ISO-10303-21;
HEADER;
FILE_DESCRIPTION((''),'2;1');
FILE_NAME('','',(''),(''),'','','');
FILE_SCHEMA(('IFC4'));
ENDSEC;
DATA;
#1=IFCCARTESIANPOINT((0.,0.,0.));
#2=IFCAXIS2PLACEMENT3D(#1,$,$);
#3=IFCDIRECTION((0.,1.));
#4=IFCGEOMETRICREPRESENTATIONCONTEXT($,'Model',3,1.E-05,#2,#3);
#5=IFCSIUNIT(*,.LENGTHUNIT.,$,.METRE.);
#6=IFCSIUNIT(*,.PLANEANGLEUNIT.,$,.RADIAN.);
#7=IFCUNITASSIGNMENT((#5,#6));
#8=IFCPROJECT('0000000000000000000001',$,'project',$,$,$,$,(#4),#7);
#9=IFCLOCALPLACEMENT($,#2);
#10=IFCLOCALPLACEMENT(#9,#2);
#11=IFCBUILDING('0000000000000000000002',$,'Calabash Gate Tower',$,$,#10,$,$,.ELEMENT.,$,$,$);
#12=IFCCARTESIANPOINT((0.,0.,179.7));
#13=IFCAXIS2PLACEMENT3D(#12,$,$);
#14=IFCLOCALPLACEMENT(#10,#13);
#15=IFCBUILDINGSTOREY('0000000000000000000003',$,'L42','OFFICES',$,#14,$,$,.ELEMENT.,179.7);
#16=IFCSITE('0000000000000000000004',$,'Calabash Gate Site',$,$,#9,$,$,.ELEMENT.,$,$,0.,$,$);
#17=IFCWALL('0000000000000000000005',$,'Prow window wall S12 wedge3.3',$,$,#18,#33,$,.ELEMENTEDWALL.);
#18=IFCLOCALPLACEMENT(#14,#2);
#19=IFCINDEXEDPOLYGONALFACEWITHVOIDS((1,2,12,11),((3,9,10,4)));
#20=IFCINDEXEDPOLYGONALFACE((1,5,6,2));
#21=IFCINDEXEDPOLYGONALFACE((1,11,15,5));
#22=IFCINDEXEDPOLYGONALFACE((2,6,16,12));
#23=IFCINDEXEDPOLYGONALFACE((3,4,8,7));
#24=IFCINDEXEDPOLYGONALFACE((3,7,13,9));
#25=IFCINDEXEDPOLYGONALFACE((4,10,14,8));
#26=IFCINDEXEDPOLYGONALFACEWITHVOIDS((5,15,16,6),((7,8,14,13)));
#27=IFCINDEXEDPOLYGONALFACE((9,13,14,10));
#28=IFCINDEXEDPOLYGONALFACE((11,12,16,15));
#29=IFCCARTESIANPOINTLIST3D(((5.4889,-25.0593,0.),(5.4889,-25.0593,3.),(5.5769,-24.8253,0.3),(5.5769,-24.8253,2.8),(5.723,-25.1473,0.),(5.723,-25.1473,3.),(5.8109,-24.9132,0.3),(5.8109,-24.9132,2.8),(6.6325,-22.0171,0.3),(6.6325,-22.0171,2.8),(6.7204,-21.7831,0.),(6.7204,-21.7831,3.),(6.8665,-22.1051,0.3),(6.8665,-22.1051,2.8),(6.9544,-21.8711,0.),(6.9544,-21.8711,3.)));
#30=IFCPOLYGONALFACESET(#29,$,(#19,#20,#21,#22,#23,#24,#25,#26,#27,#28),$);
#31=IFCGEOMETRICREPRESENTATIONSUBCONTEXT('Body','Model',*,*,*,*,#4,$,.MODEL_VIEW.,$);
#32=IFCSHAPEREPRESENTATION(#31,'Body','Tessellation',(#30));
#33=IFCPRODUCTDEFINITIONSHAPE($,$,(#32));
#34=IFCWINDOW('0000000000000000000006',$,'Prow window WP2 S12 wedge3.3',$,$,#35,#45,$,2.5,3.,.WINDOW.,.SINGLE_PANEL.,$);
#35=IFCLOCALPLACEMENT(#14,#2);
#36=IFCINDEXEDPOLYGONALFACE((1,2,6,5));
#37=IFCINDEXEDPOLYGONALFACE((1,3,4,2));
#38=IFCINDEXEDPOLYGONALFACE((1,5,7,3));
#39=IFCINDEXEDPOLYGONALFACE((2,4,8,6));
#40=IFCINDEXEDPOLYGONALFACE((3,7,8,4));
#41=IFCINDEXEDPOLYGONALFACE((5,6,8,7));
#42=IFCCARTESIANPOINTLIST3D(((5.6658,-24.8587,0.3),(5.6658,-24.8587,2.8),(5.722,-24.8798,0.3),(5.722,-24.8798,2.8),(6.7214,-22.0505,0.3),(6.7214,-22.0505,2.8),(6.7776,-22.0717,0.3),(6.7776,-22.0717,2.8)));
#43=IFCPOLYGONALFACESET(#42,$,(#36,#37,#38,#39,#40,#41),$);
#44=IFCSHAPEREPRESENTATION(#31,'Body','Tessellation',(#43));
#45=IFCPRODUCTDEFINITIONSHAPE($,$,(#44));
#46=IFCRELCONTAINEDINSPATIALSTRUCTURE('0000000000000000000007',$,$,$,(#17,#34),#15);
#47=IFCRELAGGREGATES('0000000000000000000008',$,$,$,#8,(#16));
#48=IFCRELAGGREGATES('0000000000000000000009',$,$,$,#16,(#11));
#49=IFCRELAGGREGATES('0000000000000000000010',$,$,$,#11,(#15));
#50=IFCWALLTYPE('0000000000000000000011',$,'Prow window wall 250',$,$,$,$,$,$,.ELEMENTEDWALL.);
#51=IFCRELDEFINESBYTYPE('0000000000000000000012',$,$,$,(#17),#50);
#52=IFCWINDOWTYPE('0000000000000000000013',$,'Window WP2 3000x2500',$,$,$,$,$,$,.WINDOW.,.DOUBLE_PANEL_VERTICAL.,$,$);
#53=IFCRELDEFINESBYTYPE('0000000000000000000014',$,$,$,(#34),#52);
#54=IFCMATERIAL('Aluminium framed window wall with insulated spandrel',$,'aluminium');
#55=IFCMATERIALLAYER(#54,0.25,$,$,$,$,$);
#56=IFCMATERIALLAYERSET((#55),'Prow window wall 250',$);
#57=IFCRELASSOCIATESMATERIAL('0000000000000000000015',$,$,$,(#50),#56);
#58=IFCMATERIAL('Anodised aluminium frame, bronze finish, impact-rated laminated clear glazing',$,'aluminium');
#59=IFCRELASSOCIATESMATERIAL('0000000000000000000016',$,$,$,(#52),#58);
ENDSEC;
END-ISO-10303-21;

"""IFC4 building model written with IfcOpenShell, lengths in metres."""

from ifc_helpers import new_model, si_unit, direction, frame, frame_2d, origin, place, context, subcontext, project, spatial, rectangle, extrude, material, layer, layer_set, type_object, element, fill, save


model = new_model("IFC4")

# Units and contexts
model_context = context("Model", 3, precision=1e-05, world=origin(), true_north=direction((0.0, 1.0)))
body_context = subcontext(model_context, "Body", "Model", "MODEL_VIEW")
ifc_project = project(units=[si_unit("LENGTHUNIT", "METRE"), si_unit("PLANEANGLEUNIT", "RADIAN")], contexts=[model_context])

# Site, building, storey
site_placement = place(None, origin())
site = spatial("IfcSite", under=ifc_project, at=site_placement, Name="Calabash Gate Site", CompositionType="ELEMENT", RefElevation=0.0)
building_placement = place(site_placement, origin())
building = spatial("IfcBuilding", under=site, at=building_placement, Name="Calabash Gate Tower", CompositionType="ELEMENT")
storey_placement = place(building_placement, frame((0.0, 0.0, 179.7)))
storey = spatial("IfcBuildingStorey", under=building, at=storey_placement, Name="L42", Description="OFFICES", CompositionType="ELEMENT", Elevation=179.7)

# Wall, opening, window
ifc_material_1 = material(Name="Aluminium framed window wall with insulated spandrel", Category="aluminium")
ifc_layer_1 = layer(ifc_material_1, 0.25)
ifc_layer_set_1 = layer_set([ifc_layer_1], Name="Prow window wall 250")
wall_type_1 = type_object("IfcWallType", Name="Prow window wall 250", PredefinedType="ELEMENTEDWALL", material=ifc_layer_set_1)
ifc_material_2 = material(Name="Anodised aluminium frame, bronze finish, impact-rated laminated clear glazing", Category="aluminium")
window_type_1 = type_object("IfcWindowType", Name="Window WP2 3000x2500", PartitioningType="DOUBLE_PANEL_VERTICAL", PredefinedType="WINDOW", material=ifc_material_2)
wall_1_placement = place(storey_placement, frame((5.606, -25.1033, 0.0), z_axis=(0.0, 0.0, 1.0), x_axis=(0.35185, 0.936057, 0.0)))
wall_1 = element("IfcWall", 1, at=wall_1_placement, inside=storey, type_object=wall_type_1, Name="Prow window wall S12 wedge3.3", PredefinedType="ELEMENTEDWALL", context=body_context, shape_type="SweptSolid", body=[
    extrude(rectangle(XDim=3.5, YDim=0.25, at=frame_2d((1.75, 0.0))), origin(), (0.0, 0.0, 1.0), 3.0),
])
opening_1_placement = place(wall_1_placement, frame((0.25, 0.0, 0.3)))
opening_1 = element("IfcOpeningElement", 2, at=opening_1_placement, cuts=wall_1, PredefinedType="OPENING", context=body_context, shape_type="SweptSolid", body=[
    extrude(rectangle(XDim=3.0, YDim=2.5, at=frame_2d((1.5, 1.25))), frame((0.0, 0.135, 0.0), z_axis=(0.0, -1.0, 0.0), x_axis=(1.0, 0.0, 0.0)), (0.0, 0.0, 1.0), 0.27),
])
window_1_placement = place(opening_1_placement, origin())
window_1 = element("IfcWindow", 3, at=window_1_placement, inside=storey, type_object=window_type_1, Name="Prow window WP2 S12 wedge3.3", OverallHeight=2.5, OverallWidth=3.0, PartitioningType="SINGLE_PANEL", PredefinedType="WINDOW", context=body_context, shape_type="SweptSolid", body=[
    extrude(rectangle(XDim=3.0, YDim=2.5, at=frame_2d((1.5, 1.25))), frame((0.0, 0.03, 0.0), z_axis=(0.0, -1.0, 0.0), x_axis=(1.0, 0.0, 0.0)), (0.0, 0.0, 1.0), 0.0601),
])
fill(opening_1, window_1)

save(model, "model.ifc")
